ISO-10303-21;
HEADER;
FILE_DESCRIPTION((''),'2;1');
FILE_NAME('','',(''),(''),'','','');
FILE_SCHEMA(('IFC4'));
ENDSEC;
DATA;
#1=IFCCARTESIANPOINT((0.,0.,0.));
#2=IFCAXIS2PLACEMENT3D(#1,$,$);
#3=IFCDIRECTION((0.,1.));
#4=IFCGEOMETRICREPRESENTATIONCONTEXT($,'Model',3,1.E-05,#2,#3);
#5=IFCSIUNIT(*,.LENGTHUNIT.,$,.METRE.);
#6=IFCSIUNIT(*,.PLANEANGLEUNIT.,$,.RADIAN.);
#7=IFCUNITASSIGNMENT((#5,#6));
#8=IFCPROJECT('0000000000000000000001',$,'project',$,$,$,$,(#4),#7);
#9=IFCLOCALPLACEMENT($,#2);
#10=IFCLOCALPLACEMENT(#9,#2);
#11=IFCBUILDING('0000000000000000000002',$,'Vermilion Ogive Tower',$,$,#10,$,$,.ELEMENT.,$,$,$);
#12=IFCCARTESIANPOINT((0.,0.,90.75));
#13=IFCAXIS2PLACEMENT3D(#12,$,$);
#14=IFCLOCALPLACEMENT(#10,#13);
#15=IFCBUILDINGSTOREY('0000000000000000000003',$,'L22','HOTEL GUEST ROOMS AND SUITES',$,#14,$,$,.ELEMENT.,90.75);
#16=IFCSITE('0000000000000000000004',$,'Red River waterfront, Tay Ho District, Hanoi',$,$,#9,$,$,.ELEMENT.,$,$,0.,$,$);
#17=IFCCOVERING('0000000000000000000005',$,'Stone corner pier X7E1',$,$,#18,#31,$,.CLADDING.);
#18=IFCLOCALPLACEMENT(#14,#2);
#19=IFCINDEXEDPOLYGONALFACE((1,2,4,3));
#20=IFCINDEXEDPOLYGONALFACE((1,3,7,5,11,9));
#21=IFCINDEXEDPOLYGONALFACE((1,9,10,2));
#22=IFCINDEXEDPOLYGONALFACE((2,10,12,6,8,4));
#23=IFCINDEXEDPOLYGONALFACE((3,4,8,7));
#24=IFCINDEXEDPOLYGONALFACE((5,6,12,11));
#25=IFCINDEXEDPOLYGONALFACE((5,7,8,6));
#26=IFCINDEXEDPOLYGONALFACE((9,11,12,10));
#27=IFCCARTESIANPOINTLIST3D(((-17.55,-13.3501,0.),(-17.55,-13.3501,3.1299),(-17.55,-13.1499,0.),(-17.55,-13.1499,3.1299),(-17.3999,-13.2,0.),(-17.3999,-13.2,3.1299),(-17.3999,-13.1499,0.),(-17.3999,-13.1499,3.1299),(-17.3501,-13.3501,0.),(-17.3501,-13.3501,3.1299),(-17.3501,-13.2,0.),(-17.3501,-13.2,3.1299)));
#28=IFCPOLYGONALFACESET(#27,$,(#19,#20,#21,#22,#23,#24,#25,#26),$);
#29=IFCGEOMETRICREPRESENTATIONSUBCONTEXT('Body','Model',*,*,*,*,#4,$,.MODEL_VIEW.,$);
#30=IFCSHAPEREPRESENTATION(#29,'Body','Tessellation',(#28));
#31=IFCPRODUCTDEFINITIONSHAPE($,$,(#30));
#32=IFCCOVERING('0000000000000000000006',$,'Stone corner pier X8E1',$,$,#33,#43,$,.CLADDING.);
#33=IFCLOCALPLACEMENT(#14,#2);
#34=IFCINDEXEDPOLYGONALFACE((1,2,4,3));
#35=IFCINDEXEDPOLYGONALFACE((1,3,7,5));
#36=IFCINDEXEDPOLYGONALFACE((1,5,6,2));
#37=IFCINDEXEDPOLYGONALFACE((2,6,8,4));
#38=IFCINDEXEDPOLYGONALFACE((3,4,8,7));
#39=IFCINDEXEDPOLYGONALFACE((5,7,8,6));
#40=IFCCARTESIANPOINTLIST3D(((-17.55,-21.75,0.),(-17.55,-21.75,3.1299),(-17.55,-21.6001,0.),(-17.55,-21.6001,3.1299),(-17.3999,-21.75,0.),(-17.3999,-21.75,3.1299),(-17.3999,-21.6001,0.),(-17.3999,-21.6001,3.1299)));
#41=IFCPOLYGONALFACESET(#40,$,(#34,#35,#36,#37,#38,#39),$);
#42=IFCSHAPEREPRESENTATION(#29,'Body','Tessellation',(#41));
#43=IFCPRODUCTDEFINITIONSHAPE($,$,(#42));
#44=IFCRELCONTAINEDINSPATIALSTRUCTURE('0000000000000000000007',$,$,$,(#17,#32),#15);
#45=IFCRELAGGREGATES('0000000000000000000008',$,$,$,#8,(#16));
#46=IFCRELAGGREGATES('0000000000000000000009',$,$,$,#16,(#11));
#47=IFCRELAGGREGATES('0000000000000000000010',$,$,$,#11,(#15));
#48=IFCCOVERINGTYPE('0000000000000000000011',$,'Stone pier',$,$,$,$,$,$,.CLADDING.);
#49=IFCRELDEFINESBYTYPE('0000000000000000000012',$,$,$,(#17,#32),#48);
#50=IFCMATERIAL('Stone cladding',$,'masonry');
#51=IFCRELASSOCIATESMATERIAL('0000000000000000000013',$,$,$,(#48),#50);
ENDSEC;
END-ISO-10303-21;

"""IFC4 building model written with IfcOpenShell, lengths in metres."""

from ifc_helpers import new_model, si_unit, direction, frame, origin, place, context, subcontext, project, spatial, polyline, outline, extrude, material, type_object, element, save


model = new_model("IFC4")

# Units and contexts
model_context = context("Model", 3, precision=1e-05, world=origin(), true_north=direction((0.0, 1.0)))
body_context = subcontext(model_context, "Body", "Model", "MODEL_VIEW")
ifc_project = project(units=[si_unit("LENGTHUNIT", "METRE"), si_unit("PLANEANGLEUNIT", "RADIAN")], contexts=[model_context])

# Site, building, storey
site_placement = place(None, origin())
site = spatial("IfcSite", under=ifc_project, at=site_placement, Name="Red River waterfront, Tay Ho District, Hanoi", CompositionType="ELEMENT", RefElevation=0.0)
building_placement = place(site_placement, origin())
building = spatial("IfcBuilding", under=site, at=building_placement, Name="Vermilion Ogive Tower", CompositionType="ELEMENT")
storey_placement = place(building_placement, frame((0.0, 0.0, 90.75)))
storey = spatial("IfcBuildingStorey", under=building, at=storey_placement, Name="L22", Description="HOTEL GUEST ROOMS AND SUITES", CompositionType="ELEMENT", Elevation=90.75)

# Coverings
ifc_material_1 = material(Name="Stone cladding", Category="masonry")
covering_type_1 = type_object("IfcCoveringType", Name="Stone pier", PredefinedType="CLADDING", material=ifc_material_1)
covering_1_placement = place(storey_placement, origin())
element("IfcCovering", 1, at=covering_1_placement, inside=storey, type_object=covering_type_1, Name="Stone corner pier X7E1", PredefinedType="CLADDING", context=body_context, shape_type="SweptSolid", body=[
    extrude(outline(polyline([(-17.3999, -13.1499), (-17.3999, -13.2), (-17.3501, -13.2), (-17.3501, -13.3501), (-17.55, -13.3501), (-17.55, -13.1499), (-17.3999, -13.1499)])), origin(), (0.0, 0.0, 1.0), 3.1299),
])
covering_2_placement = place(storey_placement, origin())
element("IfcCovering", 2, at=covering_2_placement, inside=storey, type_object=covering_type_1, Name="Stone corner pier X8E1", PredefinedType="CLADDING", context=body_context, shape_type="SweptSolid", body=[
    extrude(outline(polyline([(-17.55, -21.6001), (-17.3999, -21.6001), (-17.3999, -21.6001), (-17.3999, -21.75), (-17.55, -21.75), (-17.55, -21.6001)])), origin(), (0.0, 0.0, 1.0), 3.1299),
])

save(model, "model.ifc")
